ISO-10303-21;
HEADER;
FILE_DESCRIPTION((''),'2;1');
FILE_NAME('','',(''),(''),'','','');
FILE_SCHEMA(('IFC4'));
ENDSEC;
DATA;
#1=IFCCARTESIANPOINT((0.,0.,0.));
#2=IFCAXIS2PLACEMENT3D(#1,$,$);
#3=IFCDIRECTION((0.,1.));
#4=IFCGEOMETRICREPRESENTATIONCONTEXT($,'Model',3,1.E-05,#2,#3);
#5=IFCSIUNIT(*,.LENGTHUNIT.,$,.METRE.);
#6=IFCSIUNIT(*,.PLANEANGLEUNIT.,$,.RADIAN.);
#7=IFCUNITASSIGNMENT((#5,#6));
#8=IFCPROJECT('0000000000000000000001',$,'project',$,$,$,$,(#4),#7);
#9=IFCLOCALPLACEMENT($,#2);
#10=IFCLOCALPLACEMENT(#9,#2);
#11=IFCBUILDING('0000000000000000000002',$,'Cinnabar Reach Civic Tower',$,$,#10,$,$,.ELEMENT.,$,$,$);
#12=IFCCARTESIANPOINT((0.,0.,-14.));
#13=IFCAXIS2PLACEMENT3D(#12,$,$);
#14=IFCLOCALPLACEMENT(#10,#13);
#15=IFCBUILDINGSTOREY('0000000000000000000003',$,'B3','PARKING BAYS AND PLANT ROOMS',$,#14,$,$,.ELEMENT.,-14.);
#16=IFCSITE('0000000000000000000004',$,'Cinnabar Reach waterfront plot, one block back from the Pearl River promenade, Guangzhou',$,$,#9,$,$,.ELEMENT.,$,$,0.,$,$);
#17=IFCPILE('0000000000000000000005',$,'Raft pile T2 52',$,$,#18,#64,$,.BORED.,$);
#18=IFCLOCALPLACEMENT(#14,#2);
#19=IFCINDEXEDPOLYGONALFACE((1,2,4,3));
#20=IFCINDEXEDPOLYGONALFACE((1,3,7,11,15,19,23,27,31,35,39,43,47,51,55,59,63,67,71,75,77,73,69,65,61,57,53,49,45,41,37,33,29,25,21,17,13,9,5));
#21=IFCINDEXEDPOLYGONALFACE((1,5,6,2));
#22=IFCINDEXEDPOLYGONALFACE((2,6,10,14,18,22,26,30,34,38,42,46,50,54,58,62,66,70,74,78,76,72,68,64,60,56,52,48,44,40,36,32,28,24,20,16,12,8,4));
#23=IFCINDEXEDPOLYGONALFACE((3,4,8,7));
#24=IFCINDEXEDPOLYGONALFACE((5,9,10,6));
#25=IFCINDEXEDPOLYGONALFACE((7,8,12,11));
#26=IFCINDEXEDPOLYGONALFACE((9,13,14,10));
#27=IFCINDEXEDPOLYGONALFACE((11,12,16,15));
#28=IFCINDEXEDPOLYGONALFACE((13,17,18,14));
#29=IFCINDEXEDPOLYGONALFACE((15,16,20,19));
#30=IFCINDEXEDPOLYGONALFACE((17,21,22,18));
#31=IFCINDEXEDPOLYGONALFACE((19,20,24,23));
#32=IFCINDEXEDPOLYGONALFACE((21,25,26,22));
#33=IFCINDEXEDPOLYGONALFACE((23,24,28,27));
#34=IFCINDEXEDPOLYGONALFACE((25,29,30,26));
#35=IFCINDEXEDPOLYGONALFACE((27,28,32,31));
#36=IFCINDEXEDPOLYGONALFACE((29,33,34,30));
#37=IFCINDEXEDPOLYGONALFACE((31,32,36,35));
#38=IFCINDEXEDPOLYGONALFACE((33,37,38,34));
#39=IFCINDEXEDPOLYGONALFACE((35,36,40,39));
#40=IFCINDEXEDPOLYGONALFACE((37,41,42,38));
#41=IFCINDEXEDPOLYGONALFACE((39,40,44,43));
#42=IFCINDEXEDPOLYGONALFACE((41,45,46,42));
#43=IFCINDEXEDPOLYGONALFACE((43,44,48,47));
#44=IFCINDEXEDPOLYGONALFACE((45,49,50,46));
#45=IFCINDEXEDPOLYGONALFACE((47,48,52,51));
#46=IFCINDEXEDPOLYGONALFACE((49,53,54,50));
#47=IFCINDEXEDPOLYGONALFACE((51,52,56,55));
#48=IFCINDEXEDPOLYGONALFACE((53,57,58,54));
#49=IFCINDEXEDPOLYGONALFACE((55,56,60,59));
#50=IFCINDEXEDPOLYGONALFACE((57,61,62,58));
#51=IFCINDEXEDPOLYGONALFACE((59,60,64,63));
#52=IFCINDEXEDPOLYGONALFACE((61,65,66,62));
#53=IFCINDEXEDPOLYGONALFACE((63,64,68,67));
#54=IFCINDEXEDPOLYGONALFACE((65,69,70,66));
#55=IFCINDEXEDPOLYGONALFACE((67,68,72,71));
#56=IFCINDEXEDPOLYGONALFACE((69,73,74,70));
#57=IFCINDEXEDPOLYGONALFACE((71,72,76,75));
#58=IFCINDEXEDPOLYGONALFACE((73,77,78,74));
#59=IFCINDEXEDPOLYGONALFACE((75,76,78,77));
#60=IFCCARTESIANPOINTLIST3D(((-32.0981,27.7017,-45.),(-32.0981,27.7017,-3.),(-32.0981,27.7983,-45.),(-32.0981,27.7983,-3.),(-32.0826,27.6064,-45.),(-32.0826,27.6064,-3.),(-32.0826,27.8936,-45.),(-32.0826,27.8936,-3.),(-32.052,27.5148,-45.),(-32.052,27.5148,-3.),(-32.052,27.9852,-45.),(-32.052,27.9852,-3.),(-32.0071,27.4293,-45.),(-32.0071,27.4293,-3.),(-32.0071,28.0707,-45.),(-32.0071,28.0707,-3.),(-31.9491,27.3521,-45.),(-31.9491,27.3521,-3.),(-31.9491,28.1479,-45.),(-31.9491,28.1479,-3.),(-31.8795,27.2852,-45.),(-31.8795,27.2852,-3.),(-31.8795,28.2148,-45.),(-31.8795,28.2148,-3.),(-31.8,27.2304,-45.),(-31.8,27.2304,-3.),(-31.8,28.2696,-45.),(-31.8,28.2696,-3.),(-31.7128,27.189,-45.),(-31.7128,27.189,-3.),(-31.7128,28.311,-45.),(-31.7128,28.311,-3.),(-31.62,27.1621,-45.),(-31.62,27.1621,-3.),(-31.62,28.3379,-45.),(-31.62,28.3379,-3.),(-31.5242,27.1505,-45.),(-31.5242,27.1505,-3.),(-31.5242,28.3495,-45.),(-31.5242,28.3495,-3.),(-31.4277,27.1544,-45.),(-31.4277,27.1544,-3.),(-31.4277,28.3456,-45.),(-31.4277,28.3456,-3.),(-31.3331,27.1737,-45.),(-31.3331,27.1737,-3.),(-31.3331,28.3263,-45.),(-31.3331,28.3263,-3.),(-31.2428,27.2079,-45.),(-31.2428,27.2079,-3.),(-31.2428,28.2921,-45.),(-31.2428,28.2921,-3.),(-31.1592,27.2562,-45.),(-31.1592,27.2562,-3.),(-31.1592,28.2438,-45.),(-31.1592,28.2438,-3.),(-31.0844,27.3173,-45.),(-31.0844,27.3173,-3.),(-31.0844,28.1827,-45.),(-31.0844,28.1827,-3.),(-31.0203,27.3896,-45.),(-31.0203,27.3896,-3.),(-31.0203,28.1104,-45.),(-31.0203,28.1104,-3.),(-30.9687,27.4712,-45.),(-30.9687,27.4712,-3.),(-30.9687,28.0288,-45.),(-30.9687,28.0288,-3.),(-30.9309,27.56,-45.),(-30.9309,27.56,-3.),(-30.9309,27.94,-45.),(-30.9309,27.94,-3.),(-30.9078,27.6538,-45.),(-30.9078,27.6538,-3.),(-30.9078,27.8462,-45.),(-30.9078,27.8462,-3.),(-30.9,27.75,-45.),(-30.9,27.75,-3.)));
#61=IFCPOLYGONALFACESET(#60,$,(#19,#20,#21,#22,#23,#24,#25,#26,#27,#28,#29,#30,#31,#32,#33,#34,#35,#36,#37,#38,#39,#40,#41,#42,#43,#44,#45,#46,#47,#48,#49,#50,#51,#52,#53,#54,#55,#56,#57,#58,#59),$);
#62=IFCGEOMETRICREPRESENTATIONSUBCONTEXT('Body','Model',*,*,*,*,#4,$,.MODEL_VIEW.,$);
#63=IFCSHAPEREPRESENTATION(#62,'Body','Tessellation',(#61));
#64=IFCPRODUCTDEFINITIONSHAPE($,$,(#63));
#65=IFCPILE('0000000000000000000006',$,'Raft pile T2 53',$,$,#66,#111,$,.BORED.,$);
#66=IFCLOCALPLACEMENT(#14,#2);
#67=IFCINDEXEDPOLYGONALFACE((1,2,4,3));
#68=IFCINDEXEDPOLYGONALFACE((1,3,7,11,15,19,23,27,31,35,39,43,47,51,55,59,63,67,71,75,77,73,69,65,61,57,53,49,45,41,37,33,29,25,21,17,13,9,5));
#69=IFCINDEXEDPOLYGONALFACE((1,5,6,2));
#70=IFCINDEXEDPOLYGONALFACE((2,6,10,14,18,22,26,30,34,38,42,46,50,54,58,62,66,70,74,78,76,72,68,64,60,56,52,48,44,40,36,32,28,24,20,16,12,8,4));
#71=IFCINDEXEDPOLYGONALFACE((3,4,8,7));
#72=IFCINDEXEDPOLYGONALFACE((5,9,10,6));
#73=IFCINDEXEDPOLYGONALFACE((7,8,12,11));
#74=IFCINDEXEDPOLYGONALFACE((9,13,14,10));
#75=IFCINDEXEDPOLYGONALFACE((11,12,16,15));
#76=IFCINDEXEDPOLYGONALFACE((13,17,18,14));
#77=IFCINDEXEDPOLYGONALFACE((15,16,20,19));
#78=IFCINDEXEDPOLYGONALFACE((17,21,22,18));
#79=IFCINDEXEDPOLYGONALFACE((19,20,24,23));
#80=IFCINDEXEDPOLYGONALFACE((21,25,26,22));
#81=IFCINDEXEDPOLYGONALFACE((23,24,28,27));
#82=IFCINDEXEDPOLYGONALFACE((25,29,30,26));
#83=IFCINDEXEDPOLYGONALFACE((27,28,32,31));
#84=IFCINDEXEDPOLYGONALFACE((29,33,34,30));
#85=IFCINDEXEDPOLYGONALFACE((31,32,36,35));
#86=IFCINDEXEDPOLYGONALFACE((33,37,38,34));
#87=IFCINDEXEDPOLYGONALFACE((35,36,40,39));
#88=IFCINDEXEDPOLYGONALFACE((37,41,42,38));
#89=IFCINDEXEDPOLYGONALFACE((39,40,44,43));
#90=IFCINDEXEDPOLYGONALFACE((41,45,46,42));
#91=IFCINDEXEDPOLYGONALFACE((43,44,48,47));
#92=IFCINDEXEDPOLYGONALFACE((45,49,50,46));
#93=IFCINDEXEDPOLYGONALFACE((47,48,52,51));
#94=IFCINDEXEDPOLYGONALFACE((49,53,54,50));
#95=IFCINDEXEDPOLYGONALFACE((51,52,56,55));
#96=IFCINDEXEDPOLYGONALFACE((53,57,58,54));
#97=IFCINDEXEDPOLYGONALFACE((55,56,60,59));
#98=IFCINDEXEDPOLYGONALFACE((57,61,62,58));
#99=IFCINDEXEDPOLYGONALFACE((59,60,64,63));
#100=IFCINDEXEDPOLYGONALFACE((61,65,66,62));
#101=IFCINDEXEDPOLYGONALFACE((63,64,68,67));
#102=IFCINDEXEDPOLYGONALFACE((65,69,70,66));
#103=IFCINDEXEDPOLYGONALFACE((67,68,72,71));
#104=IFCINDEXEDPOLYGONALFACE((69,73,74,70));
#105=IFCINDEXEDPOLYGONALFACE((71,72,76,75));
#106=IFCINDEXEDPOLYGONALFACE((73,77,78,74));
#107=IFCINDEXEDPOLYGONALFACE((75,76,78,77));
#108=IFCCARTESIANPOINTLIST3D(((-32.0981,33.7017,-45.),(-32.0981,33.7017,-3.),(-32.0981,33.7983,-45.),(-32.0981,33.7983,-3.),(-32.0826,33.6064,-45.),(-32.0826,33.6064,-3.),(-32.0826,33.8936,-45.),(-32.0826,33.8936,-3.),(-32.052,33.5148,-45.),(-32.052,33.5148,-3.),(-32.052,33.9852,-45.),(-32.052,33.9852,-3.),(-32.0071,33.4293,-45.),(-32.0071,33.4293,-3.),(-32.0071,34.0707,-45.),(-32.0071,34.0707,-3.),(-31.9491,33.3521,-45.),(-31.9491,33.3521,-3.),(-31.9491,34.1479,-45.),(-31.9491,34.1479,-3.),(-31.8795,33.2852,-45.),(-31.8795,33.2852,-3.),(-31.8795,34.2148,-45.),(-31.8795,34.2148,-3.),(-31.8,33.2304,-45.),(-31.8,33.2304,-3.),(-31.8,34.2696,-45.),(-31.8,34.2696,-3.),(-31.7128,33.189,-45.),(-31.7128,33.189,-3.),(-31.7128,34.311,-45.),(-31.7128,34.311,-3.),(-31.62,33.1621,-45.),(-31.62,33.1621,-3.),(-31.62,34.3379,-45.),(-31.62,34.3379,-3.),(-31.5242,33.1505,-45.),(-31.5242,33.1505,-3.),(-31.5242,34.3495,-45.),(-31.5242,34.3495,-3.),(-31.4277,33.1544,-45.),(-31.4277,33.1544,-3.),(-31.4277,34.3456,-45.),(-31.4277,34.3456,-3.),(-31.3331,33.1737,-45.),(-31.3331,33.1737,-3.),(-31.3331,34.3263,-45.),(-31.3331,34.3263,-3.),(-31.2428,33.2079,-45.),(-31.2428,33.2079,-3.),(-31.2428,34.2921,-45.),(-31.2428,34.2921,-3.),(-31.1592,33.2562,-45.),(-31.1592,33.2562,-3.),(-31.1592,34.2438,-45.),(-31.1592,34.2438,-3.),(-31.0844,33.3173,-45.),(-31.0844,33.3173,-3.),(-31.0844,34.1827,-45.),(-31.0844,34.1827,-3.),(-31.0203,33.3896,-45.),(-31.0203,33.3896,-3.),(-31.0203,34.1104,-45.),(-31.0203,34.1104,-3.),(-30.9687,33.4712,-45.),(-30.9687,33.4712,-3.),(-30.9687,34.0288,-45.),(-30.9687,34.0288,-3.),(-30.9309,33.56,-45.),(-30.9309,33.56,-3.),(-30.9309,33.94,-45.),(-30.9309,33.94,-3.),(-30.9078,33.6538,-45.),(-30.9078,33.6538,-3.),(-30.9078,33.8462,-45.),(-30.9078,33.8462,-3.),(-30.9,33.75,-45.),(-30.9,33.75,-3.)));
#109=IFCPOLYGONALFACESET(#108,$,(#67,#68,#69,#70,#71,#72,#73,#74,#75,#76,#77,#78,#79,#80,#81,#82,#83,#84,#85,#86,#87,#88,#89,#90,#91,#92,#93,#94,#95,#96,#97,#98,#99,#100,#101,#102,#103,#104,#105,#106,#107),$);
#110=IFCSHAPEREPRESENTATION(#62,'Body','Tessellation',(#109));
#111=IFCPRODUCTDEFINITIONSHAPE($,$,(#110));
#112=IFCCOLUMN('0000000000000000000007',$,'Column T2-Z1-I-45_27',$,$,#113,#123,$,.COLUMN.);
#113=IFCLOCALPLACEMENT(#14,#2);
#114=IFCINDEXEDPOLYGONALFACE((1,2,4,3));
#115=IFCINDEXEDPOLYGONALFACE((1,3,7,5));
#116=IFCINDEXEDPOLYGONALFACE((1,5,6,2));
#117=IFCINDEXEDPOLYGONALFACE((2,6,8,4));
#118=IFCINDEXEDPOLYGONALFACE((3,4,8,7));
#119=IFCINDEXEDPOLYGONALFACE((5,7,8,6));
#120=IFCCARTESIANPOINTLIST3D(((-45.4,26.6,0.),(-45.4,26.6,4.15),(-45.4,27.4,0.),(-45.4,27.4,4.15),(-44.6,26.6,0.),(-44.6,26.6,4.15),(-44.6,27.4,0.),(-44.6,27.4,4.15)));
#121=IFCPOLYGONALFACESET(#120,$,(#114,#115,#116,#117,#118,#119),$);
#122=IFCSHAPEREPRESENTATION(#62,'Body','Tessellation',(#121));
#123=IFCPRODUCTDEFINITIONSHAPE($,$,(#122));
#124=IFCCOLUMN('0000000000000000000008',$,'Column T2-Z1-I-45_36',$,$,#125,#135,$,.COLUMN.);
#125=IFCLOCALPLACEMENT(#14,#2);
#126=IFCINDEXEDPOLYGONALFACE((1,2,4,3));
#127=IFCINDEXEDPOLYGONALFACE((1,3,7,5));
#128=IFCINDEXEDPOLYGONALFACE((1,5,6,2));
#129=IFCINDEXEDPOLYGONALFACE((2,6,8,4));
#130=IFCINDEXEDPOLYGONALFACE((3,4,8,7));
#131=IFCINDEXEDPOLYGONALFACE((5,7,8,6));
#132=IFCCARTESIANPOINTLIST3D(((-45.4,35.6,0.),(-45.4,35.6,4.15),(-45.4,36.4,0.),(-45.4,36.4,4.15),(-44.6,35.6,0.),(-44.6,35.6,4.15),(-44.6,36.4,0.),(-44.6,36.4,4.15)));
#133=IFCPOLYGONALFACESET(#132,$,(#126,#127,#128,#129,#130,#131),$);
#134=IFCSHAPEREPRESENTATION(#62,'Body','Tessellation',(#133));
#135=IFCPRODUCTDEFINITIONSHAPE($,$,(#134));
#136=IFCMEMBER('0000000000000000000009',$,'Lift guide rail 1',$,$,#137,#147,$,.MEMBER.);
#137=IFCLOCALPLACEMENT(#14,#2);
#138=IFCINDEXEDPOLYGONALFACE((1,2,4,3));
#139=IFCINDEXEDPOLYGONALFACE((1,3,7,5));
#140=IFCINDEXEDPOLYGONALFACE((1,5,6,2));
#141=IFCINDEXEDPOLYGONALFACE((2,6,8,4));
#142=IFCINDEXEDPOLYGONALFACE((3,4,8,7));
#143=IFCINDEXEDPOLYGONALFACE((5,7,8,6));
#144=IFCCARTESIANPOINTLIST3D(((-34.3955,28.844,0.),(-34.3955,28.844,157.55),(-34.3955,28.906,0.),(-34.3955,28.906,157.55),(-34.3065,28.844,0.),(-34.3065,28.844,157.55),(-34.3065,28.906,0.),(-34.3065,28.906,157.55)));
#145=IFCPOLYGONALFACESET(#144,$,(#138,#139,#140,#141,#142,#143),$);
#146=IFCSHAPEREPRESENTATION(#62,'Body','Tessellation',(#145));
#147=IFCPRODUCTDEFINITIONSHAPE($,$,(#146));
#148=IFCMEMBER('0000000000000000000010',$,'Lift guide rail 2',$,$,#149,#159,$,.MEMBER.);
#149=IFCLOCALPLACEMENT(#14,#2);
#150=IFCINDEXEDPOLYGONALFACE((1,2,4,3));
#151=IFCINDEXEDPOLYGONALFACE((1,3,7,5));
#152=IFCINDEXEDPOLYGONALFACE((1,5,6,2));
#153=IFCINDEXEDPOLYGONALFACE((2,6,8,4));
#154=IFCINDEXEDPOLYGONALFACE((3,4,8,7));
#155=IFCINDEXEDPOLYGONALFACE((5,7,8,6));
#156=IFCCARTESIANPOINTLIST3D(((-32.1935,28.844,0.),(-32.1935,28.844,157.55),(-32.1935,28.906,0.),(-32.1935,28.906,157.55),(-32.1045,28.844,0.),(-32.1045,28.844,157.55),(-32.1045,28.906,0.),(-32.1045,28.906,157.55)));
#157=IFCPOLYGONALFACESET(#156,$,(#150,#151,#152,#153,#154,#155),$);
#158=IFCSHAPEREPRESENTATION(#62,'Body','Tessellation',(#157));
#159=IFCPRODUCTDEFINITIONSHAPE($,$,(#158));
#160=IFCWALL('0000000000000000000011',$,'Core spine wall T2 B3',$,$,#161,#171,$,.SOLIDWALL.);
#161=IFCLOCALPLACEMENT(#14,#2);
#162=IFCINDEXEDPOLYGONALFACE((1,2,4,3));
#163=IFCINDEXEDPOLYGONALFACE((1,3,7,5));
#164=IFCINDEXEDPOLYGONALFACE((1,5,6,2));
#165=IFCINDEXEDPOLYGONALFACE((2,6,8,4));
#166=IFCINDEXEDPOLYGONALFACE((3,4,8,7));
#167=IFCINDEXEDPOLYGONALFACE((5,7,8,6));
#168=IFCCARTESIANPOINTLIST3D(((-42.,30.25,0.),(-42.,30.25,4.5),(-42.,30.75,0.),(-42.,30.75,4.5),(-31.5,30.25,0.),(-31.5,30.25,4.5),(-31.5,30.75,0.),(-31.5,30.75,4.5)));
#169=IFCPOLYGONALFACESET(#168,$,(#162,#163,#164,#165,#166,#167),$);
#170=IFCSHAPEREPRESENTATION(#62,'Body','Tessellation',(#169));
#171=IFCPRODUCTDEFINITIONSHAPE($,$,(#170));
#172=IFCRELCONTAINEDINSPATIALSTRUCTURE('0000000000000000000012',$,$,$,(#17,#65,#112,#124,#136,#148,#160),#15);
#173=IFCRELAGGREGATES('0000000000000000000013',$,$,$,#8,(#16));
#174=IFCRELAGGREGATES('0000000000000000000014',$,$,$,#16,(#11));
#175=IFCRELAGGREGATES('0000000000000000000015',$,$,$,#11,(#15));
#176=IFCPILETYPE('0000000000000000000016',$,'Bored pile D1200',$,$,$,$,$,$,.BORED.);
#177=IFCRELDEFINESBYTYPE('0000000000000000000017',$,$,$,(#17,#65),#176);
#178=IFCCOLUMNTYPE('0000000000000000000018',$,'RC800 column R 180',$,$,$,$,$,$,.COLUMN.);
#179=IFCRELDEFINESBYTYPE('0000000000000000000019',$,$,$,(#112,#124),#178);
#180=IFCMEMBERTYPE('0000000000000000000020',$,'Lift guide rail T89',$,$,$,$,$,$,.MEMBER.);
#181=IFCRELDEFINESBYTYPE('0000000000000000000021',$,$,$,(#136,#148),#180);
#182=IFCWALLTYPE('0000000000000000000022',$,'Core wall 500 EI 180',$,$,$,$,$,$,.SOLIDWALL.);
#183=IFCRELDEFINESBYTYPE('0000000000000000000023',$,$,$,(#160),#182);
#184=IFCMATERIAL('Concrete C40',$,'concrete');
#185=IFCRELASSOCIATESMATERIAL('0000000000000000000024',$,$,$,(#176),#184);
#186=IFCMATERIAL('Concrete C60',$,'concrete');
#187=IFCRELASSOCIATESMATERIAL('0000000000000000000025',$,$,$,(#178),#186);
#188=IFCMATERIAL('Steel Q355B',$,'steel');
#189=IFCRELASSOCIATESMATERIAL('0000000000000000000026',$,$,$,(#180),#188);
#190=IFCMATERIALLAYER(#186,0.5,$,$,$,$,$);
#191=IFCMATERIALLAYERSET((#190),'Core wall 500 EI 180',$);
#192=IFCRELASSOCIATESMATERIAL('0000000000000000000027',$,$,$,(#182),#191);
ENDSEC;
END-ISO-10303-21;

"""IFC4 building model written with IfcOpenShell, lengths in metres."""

from ifc_helpers import new_model, si_unit, direction, frame, frame_2d, origin, origin_2d, place, context, subcontext, project, spatial, rectangle, circle, extrude, material, layer, layer_set, material_profile, profile_set, type_object, element, save


model = new_model("IFC4")

# Units and contexts
model_context = context("Model", 3, precision=1e-05, world=origin(), true_north=direction((0.0, 1.0)))
body_context = subcontext(model_context, "Body", "Model", "MODEL_VIEW")
ifc_project = project(units=[si_unit("LENGTHUNIT", "METRE"), si_unit("PLANEANGLEUNIT", "RADIAN")], contexts=[model_context])

# Site, building, storey
site_placement = place(None, origin())
site = spatial("IfcSite", under=ifc_project, at=site_placement, Name="Cinnabar Reach waterfront plot, one block back from the Pearl River promenade, Guangzhou", CompositionType="ELEMENT", RefElevation=0.0)
building_placement = place(site_placement, origin())
building = spatial("IfcBuilding", under=site, at=building_placement, Name="Cinnabar Reach Civic Tower", CompositionType="ELEMENT")
storey_placement = place(building_placement, frame((0.0, 0.0, -14.0)))
storey = spatial("IfcBuildingStorey", under=building, at=storey_placement, Name="B3", Description="PARKING BAYS AND PLANT ROOMS", CompositionType="ELEMENT", Elevation=-14.0)

# Piles
ifc_material_1 = material(Name="Concrete C40", Category="concrete")
pile_type = type_object("IfcPileType", Name="Bored pile D1200", PredefinedType="BORED", material=ifc_material_1)
for number, where, z_axis, x_axis, name in (
    (1, (-31.5, 27.75, -3.0), (0.0, 0.0, -1.0), (1.0, 0.0, 0.0), "Raft pile T2 52"),
    (2, (-31.5, 33.75, -3.0), (0.0, 0.0, -1.0), (1.0, 0.0, 0.0), "Raft pile T2 53"),
):
    element("IfcPile", number, at=place(storey_placement, frame(where, z_axis=z_axis, x_axis=x_axis)), inside=storey, type_object=pile_type, Name=name, PredefinedType="BORED", context=body_context, shape_type="SweptSolid", body=[
        extrude(circle(Radius=0.6, at=origin_2d()), origin(), (0.0, 0.0, 1.0), 42.0),
    ])

# Columns
ifc_material_2 = material(Name="Concrete C60", Category="concrete")
ifc_material_profile_1 = material_profile(ifc_material_2, rectangle(XDim=0.8, YDim=0.8, at=origin_2d()), Name="RC800")
ifc_profile_set_1 = profile_set([ifc_material_profile_1], Name="Concrete C60")
column_type = type_object("IfcColumnType", Name="RC800 column R 180", PredefinedType="COLUMN", material=ifc_profile_set_1)
for number, where, z_axis, x_axis, name in (
    (3, (-45.0, 27.0, 0.0), (0.0, 0.0, 1.0), (1.0, 0.0, 0.0), "Column T2-Z1-I-45_27"),
    (4, (-45.0, 36.0, 0.0), (0.0, 0.0, 1.0), (1.0, 0.0, 0.0), "Column T2-Z1-I-45_36"),
):
    element("IfcColumn", number, at=place(storey_placement, frame(where, z_axis=z_axis, x_axis=x_axis)), inside=storey, type_object=column_type, Name=name, PredefinedType="COLUMN", context=body_context, shape_type="SweptSolid", body=[
        extrude(rectangle(XDim=0.8, YDim=0.8, at=origin_2d()), origin(), (0.0, 0.0, 1.0), 4.15),
    ])

# Members
ifc_material_3 = material(Name="Steel Q355B", Category="steel")
ifc_material_profile_2 = material_profile(ifc_material_3, rectangle(XDim=0.089, YDim=0.062, at=origin_2d()), Name="T89")
ifc_profile_set_2 = profile_set([ifc_material_profile_2], Name="Steel Q355B")
member_type = type_object("IfcMemberType", Name="Lift guide rail T89", PredefinedType="MEMBER", material=ifc_profile_set_2)
for number, where, z_axis, x_axis, name in (
    (5, (-34.351, 28.875, 0.0), (0.0, 0.0, 1.0), (1.0, 0.0, 0.0), "Lift guide rail 1"),
    (6, (-32.149, 28.875, 0.0), (0.0, 0.0, 1.0), (1.0, 0.0, 0.0), "Lift guide rail 2"),
):
    element("IfcMember", number, at=place(storey_placement, frame(where, z_axis=z_axis, x_axis=x_axis)), inside=storey, type_object=member_type, Name=name, PredefinedType="MEMBER", context=body_context, shape_type="SweptSolid", body=[
        extrude(rectangle(XDim=0.089, YDim=0.062, at=origin_2d()), origin(), (0.0, 0.0, 1.0), 157.55),
    ])

# Wall
ifc_layer_1 = layer(ifc_material_2, 0.5)
ifc_layer_set_1 = layer_set([ifc_layer_1], Name="Core wall 500 EI 180")
wall_type_1 = type_object("IfcWallType", Name="Core wall 500 EI 180", PredefinedType="SOLIDWALL", material=ifc_layer_set_1)
wall_1_placement = place(storey_placement, frame((-42.0, 30.5, 0.0), z_axis=(0.0, 0.0, 1.0), x_axis=(1.0, 0.0, 0.0)))
element("IfcWall", 7, at=wall_1_placement, inside=storey, type_object=wall_type_1, Name="Core spine wall T2 B3", PredefinedType="SOLIDWALL", context=body_context, shape_type="SweptSolid", body=[
    extrude(rectangle(XDim=10.5, YDim=0.5, at=frame_2d((5.25, 0.0))), origin(), (0.0, 0.0, 1.0), 4.5),
])

save(model, "model.ifc")
